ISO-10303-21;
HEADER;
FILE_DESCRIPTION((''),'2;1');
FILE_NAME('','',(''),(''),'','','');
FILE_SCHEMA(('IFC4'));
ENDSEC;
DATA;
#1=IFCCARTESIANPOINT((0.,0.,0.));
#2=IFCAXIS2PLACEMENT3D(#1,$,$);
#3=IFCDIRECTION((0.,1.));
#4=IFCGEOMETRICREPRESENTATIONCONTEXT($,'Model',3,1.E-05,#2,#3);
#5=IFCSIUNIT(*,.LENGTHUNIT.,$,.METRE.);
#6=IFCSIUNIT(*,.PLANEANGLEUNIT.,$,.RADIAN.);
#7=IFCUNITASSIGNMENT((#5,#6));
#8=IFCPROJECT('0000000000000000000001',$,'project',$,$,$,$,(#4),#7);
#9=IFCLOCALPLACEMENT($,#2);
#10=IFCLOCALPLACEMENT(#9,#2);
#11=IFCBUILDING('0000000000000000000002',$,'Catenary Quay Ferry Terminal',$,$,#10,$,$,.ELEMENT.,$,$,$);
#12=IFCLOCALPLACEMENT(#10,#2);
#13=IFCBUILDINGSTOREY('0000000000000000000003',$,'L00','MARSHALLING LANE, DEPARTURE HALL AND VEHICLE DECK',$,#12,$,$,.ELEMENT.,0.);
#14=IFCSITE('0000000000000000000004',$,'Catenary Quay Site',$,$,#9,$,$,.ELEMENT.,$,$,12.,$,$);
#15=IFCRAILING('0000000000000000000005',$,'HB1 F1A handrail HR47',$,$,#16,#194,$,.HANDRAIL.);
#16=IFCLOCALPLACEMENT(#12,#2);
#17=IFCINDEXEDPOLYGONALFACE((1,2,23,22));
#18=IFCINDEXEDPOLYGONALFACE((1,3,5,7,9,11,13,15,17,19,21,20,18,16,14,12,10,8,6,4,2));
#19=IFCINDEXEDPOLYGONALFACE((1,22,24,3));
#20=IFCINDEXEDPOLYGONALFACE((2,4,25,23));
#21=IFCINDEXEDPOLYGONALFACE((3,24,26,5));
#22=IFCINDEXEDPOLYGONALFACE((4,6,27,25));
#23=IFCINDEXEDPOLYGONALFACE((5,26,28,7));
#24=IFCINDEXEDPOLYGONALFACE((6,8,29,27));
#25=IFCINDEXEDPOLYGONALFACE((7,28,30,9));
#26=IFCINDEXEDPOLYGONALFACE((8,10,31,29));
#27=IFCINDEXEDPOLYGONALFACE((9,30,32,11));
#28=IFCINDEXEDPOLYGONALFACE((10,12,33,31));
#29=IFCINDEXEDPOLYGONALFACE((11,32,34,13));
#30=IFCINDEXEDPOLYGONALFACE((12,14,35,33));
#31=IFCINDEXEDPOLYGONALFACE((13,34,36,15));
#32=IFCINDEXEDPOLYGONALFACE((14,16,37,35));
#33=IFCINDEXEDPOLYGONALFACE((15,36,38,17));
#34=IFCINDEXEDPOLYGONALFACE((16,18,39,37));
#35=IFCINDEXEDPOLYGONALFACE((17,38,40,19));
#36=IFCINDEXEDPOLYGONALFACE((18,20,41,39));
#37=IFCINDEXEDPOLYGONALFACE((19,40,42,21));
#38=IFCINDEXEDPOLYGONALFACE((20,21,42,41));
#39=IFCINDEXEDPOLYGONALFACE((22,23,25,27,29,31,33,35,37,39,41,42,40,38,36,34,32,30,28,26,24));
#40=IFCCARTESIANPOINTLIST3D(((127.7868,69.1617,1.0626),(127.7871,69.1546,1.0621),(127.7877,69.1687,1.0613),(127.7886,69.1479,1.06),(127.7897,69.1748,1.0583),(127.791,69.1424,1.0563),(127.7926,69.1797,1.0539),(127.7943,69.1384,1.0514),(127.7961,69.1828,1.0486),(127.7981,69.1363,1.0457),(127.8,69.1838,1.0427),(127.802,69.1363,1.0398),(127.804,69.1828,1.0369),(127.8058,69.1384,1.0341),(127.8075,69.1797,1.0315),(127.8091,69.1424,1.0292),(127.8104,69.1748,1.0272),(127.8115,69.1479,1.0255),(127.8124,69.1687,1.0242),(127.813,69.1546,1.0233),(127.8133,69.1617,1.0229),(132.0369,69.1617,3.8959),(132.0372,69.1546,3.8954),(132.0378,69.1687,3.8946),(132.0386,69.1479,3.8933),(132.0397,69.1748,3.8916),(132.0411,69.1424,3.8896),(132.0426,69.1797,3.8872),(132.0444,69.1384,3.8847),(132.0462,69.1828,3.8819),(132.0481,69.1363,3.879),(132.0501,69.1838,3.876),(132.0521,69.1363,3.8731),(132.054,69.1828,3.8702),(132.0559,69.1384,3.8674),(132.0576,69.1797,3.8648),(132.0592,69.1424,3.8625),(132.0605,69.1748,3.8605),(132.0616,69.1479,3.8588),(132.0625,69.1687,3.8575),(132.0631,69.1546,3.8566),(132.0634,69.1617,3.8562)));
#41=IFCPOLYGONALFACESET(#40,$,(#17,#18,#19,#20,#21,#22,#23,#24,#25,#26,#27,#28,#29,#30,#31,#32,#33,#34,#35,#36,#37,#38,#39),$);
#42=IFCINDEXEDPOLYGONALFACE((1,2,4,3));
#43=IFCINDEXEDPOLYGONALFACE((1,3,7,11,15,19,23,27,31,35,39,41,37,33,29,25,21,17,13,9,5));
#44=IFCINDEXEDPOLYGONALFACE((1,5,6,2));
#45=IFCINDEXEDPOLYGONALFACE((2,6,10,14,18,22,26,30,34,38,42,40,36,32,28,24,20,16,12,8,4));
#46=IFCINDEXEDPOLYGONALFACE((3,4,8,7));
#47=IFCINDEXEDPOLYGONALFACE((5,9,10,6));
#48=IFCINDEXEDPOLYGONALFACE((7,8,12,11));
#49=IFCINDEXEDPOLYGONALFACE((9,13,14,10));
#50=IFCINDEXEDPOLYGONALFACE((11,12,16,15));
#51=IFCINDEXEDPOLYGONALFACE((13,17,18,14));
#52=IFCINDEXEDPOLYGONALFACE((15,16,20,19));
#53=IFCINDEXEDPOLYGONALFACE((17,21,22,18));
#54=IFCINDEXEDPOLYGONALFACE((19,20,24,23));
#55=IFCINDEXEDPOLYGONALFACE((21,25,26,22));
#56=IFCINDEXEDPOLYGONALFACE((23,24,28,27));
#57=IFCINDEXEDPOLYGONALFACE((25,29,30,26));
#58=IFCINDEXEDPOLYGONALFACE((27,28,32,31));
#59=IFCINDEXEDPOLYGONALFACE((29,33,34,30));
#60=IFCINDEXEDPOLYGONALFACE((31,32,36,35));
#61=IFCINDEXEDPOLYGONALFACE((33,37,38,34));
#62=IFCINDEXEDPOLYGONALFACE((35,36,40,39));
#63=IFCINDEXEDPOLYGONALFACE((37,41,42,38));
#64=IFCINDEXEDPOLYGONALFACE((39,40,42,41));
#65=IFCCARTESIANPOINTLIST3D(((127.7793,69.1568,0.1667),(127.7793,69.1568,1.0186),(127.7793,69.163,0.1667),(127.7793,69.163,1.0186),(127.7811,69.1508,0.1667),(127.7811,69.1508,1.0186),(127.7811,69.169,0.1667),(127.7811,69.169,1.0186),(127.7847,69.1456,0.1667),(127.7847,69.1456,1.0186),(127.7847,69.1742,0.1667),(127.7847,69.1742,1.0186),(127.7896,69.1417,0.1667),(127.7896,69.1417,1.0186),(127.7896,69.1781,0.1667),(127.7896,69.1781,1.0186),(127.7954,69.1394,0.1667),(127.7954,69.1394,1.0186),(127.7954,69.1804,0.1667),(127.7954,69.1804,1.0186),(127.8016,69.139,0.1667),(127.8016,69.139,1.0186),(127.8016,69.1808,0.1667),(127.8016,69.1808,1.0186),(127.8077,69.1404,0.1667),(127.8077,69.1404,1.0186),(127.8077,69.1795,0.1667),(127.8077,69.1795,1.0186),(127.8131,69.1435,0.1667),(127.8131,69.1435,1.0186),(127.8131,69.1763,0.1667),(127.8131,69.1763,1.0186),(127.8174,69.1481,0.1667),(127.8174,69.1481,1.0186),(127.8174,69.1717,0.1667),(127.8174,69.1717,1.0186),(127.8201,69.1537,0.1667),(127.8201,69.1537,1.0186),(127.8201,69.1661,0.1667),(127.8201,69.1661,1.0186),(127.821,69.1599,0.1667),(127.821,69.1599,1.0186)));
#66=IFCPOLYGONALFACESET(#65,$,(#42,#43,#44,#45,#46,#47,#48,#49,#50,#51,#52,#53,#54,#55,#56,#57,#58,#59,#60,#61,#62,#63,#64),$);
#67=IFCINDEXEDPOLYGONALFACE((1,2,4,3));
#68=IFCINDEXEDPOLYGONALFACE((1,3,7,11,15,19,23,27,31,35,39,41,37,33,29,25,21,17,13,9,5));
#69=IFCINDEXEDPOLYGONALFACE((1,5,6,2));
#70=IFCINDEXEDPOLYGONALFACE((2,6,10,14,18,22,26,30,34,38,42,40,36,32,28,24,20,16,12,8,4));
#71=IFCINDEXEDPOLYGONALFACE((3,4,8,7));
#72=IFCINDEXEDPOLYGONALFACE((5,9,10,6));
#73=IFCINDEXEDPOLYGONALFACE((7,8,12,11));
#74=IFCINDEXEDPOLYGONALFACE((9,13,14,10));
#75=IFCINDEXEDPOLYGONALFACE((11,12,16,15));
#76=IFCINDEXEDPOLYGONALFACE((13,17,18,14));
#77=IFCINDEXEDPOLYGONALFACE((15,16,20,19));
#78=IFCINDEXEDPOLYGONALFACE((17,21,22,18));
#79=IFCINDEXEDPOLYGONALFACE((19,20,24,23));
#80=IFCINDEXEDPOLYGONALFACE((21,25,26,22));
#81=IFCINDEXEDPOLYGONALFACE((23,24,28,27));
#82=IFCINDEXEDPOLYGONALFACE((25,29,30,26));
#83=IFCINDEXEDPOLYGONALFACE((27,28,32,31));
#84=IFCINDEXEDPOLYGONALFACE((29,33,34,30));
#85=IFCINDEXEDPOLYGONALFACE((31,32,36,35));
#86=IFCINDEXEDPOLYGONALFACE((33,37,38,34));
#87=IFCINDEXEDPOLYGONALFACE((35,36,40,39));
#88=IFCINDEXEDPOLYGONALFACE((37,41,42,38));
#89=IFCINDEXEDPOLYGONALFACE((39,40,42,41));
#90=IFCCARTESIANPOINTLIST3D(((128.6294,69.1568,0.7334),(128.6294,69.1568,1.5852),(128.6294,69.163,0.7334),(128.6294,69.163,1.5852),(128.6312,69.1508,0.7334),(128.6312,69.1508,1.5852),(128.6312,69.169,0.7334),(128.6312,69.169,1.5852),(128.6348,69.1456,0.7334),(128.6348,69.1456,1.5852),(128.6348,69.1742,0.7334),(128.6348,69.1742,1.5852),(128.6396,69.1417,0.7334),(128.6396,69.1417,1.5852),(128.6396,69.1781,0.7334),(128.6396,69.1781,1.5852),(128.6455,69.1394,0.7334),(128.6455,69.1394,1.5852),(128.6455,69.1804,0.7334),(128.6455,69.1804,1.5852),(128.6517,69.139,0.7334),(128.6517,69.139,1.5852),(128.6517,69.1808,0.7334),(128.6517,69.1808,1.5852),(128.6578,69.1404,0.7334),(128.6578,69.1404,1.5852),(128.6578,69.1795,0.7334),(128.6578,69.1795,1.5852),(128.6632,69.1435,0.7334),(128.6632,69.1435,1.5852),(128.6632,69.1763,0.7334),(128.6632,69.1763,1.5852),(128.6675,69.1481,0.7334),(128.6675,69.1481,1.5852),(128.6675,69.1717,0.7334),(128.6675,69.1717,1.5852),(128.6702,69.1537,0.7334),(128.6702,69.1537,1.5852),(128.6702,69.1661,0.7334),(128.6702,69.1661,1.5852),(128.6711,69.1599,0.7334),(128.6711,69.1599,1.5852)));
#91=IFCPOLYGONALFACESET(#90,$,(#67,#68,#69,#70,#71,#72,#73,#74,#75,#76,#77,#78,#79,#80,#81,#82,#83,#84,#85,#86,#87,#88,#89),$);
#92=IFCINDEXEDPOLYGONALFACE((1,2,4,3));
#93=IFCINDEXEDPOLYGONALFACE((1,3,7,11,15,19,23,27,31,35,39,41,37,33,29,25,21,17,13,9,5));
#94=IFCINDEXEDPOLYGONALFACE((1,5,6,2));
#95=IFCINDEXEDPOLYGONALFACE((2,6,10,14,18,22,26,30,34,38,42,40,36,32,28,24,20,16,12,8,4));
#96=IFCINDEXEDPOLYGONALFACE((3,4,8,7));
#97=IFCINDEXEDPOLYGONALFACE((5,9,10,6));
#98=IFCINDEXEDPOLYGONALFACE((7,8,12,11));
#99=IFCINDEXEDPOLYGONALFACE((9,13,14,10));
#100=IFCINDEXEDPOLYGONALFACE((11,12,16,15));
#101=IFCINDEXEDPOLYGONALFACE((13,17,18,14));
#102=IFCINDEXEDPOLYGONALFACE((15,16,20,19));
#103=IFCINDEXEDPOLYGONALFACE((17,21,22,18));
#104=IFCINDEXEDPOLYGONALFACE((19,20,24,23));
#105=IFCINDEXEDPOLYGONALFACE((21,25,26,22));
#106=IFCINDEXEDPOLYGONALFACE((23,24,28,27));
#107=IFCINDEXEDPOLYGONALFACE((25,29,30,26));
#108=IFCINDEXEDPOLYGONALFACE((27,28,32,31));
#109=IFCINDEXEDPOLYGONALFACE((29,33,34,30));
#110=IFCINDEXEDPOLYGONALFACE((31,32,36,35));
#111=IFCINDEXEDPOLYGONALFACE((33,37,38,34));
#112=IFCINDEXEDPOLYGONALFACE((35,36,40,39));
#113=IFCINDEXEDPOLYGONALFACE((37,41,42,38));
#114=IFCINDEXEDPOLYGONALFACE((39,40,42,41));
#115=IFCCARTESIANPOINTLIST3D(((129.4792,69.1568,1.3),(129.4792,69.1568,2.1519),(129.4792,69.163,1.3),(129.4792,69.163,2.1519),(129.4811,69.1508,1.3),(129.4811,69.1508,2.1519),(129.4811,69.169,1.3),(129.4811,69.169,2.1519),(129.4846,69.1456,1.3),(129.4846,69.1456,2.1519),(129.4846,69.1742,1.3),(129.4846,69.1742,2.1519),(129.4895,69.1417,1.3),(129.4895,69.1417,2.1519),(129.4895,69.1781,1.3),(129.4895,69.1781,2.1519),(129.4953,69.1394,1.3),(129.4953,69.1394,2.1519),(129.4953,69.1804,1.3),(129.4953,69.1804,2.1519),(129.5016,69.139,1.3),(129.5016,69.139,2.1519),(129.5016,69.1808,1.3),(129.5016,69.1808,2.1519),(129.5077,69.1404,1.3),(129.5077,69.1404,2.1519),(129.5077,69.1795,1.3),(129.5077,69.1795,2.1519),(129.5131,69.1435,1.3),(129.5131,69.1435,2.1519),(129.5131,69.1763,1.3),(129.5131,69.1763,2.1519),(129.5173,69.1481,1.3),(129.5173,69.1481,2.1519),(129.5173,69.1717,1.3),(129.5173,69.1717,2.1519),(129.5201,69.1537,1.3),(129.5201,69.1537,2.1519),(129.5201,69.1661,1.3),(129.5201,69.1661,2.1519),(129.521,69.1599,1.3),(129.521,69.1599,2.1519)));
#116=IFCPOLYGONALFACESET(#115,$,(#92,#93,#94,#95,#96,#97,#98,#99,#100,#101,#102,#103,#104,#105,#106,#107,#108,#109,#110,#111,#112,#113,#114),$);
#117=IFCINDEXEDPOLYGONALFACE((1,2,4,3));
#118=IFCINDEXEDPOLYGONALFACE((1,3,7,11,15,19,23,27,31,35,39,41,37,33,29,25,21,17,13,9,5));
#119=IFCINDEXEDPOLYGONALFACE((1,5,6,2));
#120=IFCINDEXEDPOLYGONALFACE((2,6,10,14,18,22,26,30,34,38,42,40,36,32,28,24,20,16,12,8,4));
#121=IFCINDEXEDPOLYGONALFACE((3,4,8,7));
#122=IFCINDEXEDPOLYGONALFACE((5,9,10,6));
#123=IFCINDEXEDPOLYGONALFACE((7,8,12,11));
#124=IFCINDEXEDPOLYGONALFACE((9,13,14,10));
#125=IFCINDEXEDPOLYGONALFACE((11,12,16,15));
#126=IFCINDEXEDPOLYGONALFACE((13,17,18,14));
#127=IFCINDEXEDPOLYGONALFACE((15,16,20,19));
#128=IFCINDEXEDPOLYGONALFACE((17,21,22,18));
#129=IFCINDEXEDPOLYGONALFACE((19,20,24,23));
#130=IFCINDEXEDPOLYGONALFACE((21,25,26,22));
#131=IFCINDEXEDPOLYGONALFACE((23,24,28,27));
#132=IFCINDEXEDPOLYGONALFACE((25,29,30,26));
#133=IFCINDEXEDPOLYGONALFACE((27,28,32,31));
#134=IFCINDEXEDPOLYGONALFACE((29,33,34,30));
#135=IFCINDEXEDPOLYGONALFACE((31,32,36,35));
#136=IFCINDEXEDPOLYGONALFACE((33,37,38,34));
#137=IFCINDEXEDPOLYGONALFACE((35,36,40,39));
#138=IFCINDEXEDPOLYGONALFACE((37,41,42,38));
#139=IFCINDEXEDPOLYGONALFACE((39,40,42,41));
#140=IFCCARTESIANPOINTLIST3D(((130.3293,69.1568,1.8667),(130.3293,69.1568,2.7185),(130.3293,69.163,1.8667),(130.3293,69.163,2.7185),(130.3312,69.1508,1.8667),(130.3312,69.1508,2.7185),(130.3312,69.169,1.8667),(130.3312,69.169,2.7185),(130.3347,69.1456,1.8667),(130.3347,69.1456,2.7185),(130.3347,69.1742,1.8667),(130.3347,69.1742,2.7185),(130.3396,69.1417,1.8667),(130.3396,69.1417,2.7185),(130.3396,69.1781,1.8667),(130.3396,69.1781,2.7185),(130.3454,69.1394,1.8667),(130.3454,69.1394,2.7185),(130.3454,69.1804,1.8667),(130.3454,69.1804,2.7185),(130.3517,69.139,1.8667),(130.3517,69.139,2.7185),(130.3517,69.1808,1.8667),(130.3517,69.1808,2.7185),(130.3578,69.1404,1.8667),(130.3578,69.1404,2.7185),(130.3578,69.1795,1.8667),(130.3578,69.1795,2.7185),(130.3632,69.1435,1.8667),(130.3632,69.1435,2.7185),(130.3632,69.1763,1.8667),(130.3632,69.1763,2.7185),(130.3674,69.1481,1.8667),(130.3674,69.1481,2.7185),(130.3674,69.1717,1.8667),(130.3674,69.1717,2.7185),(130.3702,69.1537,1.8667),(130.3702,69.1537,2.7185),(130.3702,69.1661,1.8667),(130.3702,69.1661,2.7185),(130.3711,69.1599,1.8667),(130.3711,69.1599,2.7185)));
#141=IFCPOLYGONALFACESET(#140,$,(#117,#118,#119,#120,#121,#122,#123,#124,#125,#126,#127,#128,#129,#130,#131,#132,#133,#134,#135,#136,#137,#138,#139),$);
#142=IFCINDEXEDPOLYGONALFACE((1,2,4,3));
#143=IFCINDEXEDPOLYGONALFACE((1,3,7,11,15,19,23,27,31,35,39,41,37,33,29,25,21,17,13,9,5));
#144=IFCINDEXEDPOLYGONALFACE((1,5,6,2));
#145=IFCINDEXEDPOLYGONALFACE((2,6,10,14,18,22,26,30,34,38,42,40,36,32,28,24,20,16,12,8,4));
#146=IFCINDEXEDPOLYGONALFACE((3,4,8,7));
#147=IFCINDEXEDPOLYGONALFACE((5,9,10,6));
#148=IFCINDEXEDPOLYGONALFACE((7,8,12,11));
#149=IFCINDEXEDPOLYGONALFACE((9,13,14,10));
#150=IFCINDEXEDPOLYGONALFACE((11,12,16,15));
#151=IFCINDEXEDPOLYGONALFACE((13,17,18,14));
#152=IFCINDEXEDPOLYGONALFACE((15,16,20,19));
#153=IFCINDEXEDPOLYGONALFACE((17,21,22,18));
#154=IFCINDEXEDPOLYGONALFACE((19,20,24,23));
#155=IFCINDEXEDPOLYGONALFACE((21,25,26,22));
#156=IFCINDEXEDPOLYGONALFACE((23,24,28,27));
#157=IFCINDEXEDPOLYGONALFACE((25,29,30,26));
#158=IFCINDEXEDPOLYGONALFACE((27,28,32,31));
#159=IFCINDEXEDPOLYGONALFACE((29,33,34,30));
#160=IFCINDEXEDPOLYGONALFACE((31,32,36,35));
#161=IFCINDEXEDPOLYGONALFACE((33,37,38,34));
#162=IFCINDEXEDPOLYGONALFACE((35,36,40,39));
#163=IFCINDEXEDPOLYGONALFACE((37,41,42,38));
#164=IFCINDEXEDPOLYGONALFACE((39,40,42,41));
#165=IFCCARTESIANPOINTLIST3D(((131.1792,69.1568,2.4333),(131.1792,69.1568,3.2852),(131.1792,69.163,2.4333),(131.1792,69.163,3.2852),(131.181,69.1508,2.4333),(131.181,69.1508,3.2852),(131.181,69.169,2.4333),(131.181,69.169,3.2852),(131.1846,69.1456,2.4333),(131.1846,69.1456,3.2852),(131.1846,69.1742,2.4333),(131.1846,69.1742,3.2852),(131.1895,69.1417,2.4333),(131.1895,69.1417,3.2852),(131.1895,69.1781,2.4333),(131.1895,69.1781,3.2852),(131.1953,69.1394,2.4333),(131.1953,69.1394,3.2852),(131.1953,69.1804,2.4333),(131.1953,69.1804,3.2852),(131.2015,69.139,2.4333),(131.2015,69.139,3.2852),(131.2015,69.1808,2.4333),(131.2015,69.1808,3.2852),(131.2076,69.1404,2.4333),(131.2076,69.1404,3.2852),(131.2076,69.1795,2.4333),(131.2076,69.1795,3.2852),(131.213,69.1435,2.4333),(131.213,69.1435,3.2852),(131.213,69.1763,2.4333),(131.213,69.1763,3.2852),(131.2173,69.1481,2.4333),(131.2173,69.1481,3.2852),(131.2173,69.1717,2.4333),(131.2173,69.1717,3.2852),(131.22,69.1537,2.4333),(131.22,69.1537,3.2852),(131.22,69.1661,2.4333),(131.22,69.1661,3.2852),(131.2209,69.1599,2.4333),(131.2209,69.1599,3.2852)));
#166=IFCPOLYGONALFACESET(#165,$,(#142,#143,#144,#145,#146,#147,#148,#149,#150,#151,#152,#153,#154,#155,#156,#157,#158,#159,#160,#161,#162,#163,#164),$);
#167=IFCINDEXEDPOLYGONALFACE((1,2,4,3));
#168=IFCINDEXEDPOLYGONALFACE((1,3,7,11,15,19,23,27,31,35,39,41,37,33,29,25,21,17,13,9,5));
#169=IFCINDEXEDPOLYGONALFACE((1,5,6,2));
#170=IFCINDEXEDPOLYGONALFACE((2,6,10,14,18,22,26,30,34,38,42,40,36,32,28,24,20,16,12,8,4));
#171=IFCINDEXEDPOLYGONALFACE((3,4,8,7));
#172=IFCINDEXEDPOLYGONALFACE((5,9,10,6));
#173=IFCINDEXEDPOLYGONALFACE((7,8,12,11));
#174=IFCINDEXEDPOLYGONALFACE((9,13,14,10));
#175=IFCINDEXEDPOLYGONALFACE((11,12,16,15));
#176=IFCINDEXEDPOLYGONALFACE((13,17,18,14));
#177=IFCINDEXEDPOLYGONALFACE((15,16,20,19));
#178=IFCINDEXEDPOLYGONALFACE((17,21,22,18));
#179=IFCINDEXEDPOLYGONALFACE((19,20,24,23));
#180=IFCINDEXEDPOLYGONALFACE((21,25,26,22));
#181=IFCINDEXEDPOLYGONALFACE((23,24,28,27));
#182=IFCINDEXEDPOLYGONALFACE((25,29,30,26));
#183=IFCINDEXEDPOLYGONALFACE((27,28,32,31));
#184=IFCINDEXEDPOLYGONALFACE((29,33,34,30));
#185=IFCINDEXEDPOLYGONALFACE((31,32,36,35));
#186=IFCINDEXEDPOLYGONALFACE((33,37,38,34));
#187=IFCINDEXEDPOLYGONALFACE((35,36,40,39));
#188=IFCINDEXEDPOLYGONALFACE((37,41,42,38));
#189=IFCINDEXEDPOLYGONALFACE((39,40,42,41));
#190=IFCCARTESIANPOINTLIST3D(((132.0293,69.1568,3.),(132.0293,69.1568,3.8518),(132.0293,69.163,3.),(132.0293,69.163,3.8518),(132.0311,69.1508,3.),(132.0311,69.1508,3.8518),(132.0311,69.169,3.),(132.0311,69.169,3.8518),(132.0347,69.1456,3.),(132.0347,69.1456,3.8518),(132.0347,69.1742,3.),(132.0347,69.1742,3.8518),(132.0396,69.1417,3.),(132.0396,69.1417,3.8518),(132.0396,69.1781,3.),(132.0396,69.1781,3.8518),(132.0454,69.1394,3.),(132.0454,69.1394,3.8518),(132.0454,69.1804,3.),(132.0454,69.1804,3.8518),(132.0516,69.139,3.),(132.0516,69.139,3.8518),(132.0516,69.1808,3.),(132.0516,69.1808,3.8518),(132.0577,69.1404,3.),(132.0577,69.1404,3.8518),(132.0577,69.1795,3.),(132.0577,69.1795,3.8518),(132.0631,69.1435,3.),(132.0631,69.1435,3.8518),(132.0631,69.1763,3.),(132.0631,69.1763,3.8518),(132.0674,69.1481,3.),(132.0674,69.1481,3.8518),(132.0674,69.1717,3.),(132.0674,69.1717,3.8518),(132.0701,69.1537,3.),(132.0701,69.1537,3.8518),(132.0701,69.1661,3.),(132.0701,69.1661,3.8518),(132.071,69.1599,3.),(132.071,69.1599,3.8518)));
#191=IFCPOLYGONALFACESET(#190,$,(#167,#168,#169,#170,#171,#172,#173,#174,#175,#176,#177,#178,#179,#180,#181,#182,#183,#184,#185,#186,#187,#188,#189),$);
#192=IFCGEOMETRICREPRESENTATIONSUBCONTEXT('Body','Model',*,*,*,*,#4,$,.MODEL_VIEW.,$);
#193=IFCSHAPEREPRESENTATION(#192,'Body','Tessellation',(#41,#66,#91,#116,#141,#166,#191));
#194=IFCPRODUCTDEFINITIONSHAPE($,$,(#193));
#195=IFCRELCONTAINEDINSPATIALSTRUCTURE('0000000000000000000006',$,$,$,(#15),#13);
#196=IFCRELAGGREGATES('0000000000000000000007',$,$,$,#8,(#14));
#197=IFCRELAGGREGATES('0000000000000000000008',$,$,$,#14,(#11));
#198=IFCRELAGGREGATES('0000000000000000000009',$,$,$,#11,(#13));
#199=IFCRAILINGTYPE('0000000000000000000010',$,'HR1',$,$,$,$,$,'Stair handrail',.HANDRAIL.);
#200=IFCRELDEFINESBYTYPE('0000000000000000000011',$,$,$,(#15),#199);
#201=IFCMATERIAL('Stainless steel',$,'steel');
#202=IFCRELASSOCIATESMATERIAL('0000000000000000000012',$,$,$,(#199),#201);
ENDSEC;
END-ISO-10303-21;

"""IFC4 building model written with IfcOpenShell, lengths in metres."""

from ifc_helpers import new_model, si_unit, direction, frame, origin, origin_2d, place, context, subcontext, project, spatial, circle, extrude, material, type_object, element, save


model = new_model("IFC4")

# Units and contexts
model_context = context("Model", 3, precision=1e-05, world=origin(), true_north=direction((0.0, 1.0)))
body_context = subcontext(model_context, "Body", "Model", "MODEL_VIEW")
ifc_project = project(units=[si_unit("LENGTHUNIT", "METRE"), si_unit("PLANEANGLEUNIT", "RADIAN")], contexts=[model_context])

# Site, building, storey
site_placement = place(None, origin())
site = spatial("IfcSite", under=ifc_project, at=site_placement, Name="Catenary Quay Site", CompositionType="ELEMENT", RefElevation=12.0)
building_placement = place(site_placement, origin())
building = spatial("IfcBuilding", under=site, at=building_placement, Name="Catenary Quay Ferry Terminal", CompositionType="ELEMENT")
storey_placement = place(building_placement, origin())
storey = spatial("IfcBuildingStorey", under=building, at=storey_placement, Name="L00", Description="MARSHALLING LANE, DEPARTURE HALL AND VEHICLE DECK", CompositionType="ELEMENT", Elevation=0.0)

# Railing
ifc_material_1 = material(Name="Stainless steel", Category="steel")
railing_type_1 = type_object("IfcRailingType", Name="HR1", ElementType="Stair handrail", PredefinedType="HANDRAIL", material=ifc_material_1)
for number, where, name in (
    (1, (127.8, 69.1599, 0.1667), "HB1 F1A handrail HR47"),
):
    element("IfcRailing", number, at=place(storey_placement, frame(where)), inside=storey, type_object=railing_type_1, Name=name, PredefinedType="HANDRAIL", context=body_context, shape_type="SweptSolid", body=[
        extrude(circle(Radius=0.0239, at=origin_2d()), frame((0.0, 0.0, 0.876), z_axis=(0.832058, 0.0, 0.554689), x_axis=(0.0, 1.0, 0.0)), (0.0, 0.0, 1.0), 5.1079),
        extrude(circle(Radius=0.021, at=origin_2d()), origin(), (0.0, 0.0, 1.0), 0.8518),
        extrude(circle(Radius=0.021, at=origin_2d()), frame((0.8501, 0.0, 0.5667)), (0.0, 0.0, 1.0), 0.8518),
        extrude(circle(Radius=0.021, at=origin_2d()), frame((1.7, 0.0, 1.1333)), (0.0, 0.0, 1.0), 0.8518),
        extrude(circle(Radius=0.021, at=origin_2d()), frame((2.55, 0.0, 1.7)), (0.0, 0.0, 1.0), 0.8518),
        extrude(circle(Radius=0.021, at=origin_2d()), frame((3.3999, 0.0, 2.2666)), (0.0, 0.0, 1.0), 0.8518),
        extrude(circle(Radius=0.021, at=origin_2d()), frame((4.25, 0.0, 2.8333)), (0.0, 0.0, 1.0), 0.8518),
    ])

save(model, "model.ifc")
